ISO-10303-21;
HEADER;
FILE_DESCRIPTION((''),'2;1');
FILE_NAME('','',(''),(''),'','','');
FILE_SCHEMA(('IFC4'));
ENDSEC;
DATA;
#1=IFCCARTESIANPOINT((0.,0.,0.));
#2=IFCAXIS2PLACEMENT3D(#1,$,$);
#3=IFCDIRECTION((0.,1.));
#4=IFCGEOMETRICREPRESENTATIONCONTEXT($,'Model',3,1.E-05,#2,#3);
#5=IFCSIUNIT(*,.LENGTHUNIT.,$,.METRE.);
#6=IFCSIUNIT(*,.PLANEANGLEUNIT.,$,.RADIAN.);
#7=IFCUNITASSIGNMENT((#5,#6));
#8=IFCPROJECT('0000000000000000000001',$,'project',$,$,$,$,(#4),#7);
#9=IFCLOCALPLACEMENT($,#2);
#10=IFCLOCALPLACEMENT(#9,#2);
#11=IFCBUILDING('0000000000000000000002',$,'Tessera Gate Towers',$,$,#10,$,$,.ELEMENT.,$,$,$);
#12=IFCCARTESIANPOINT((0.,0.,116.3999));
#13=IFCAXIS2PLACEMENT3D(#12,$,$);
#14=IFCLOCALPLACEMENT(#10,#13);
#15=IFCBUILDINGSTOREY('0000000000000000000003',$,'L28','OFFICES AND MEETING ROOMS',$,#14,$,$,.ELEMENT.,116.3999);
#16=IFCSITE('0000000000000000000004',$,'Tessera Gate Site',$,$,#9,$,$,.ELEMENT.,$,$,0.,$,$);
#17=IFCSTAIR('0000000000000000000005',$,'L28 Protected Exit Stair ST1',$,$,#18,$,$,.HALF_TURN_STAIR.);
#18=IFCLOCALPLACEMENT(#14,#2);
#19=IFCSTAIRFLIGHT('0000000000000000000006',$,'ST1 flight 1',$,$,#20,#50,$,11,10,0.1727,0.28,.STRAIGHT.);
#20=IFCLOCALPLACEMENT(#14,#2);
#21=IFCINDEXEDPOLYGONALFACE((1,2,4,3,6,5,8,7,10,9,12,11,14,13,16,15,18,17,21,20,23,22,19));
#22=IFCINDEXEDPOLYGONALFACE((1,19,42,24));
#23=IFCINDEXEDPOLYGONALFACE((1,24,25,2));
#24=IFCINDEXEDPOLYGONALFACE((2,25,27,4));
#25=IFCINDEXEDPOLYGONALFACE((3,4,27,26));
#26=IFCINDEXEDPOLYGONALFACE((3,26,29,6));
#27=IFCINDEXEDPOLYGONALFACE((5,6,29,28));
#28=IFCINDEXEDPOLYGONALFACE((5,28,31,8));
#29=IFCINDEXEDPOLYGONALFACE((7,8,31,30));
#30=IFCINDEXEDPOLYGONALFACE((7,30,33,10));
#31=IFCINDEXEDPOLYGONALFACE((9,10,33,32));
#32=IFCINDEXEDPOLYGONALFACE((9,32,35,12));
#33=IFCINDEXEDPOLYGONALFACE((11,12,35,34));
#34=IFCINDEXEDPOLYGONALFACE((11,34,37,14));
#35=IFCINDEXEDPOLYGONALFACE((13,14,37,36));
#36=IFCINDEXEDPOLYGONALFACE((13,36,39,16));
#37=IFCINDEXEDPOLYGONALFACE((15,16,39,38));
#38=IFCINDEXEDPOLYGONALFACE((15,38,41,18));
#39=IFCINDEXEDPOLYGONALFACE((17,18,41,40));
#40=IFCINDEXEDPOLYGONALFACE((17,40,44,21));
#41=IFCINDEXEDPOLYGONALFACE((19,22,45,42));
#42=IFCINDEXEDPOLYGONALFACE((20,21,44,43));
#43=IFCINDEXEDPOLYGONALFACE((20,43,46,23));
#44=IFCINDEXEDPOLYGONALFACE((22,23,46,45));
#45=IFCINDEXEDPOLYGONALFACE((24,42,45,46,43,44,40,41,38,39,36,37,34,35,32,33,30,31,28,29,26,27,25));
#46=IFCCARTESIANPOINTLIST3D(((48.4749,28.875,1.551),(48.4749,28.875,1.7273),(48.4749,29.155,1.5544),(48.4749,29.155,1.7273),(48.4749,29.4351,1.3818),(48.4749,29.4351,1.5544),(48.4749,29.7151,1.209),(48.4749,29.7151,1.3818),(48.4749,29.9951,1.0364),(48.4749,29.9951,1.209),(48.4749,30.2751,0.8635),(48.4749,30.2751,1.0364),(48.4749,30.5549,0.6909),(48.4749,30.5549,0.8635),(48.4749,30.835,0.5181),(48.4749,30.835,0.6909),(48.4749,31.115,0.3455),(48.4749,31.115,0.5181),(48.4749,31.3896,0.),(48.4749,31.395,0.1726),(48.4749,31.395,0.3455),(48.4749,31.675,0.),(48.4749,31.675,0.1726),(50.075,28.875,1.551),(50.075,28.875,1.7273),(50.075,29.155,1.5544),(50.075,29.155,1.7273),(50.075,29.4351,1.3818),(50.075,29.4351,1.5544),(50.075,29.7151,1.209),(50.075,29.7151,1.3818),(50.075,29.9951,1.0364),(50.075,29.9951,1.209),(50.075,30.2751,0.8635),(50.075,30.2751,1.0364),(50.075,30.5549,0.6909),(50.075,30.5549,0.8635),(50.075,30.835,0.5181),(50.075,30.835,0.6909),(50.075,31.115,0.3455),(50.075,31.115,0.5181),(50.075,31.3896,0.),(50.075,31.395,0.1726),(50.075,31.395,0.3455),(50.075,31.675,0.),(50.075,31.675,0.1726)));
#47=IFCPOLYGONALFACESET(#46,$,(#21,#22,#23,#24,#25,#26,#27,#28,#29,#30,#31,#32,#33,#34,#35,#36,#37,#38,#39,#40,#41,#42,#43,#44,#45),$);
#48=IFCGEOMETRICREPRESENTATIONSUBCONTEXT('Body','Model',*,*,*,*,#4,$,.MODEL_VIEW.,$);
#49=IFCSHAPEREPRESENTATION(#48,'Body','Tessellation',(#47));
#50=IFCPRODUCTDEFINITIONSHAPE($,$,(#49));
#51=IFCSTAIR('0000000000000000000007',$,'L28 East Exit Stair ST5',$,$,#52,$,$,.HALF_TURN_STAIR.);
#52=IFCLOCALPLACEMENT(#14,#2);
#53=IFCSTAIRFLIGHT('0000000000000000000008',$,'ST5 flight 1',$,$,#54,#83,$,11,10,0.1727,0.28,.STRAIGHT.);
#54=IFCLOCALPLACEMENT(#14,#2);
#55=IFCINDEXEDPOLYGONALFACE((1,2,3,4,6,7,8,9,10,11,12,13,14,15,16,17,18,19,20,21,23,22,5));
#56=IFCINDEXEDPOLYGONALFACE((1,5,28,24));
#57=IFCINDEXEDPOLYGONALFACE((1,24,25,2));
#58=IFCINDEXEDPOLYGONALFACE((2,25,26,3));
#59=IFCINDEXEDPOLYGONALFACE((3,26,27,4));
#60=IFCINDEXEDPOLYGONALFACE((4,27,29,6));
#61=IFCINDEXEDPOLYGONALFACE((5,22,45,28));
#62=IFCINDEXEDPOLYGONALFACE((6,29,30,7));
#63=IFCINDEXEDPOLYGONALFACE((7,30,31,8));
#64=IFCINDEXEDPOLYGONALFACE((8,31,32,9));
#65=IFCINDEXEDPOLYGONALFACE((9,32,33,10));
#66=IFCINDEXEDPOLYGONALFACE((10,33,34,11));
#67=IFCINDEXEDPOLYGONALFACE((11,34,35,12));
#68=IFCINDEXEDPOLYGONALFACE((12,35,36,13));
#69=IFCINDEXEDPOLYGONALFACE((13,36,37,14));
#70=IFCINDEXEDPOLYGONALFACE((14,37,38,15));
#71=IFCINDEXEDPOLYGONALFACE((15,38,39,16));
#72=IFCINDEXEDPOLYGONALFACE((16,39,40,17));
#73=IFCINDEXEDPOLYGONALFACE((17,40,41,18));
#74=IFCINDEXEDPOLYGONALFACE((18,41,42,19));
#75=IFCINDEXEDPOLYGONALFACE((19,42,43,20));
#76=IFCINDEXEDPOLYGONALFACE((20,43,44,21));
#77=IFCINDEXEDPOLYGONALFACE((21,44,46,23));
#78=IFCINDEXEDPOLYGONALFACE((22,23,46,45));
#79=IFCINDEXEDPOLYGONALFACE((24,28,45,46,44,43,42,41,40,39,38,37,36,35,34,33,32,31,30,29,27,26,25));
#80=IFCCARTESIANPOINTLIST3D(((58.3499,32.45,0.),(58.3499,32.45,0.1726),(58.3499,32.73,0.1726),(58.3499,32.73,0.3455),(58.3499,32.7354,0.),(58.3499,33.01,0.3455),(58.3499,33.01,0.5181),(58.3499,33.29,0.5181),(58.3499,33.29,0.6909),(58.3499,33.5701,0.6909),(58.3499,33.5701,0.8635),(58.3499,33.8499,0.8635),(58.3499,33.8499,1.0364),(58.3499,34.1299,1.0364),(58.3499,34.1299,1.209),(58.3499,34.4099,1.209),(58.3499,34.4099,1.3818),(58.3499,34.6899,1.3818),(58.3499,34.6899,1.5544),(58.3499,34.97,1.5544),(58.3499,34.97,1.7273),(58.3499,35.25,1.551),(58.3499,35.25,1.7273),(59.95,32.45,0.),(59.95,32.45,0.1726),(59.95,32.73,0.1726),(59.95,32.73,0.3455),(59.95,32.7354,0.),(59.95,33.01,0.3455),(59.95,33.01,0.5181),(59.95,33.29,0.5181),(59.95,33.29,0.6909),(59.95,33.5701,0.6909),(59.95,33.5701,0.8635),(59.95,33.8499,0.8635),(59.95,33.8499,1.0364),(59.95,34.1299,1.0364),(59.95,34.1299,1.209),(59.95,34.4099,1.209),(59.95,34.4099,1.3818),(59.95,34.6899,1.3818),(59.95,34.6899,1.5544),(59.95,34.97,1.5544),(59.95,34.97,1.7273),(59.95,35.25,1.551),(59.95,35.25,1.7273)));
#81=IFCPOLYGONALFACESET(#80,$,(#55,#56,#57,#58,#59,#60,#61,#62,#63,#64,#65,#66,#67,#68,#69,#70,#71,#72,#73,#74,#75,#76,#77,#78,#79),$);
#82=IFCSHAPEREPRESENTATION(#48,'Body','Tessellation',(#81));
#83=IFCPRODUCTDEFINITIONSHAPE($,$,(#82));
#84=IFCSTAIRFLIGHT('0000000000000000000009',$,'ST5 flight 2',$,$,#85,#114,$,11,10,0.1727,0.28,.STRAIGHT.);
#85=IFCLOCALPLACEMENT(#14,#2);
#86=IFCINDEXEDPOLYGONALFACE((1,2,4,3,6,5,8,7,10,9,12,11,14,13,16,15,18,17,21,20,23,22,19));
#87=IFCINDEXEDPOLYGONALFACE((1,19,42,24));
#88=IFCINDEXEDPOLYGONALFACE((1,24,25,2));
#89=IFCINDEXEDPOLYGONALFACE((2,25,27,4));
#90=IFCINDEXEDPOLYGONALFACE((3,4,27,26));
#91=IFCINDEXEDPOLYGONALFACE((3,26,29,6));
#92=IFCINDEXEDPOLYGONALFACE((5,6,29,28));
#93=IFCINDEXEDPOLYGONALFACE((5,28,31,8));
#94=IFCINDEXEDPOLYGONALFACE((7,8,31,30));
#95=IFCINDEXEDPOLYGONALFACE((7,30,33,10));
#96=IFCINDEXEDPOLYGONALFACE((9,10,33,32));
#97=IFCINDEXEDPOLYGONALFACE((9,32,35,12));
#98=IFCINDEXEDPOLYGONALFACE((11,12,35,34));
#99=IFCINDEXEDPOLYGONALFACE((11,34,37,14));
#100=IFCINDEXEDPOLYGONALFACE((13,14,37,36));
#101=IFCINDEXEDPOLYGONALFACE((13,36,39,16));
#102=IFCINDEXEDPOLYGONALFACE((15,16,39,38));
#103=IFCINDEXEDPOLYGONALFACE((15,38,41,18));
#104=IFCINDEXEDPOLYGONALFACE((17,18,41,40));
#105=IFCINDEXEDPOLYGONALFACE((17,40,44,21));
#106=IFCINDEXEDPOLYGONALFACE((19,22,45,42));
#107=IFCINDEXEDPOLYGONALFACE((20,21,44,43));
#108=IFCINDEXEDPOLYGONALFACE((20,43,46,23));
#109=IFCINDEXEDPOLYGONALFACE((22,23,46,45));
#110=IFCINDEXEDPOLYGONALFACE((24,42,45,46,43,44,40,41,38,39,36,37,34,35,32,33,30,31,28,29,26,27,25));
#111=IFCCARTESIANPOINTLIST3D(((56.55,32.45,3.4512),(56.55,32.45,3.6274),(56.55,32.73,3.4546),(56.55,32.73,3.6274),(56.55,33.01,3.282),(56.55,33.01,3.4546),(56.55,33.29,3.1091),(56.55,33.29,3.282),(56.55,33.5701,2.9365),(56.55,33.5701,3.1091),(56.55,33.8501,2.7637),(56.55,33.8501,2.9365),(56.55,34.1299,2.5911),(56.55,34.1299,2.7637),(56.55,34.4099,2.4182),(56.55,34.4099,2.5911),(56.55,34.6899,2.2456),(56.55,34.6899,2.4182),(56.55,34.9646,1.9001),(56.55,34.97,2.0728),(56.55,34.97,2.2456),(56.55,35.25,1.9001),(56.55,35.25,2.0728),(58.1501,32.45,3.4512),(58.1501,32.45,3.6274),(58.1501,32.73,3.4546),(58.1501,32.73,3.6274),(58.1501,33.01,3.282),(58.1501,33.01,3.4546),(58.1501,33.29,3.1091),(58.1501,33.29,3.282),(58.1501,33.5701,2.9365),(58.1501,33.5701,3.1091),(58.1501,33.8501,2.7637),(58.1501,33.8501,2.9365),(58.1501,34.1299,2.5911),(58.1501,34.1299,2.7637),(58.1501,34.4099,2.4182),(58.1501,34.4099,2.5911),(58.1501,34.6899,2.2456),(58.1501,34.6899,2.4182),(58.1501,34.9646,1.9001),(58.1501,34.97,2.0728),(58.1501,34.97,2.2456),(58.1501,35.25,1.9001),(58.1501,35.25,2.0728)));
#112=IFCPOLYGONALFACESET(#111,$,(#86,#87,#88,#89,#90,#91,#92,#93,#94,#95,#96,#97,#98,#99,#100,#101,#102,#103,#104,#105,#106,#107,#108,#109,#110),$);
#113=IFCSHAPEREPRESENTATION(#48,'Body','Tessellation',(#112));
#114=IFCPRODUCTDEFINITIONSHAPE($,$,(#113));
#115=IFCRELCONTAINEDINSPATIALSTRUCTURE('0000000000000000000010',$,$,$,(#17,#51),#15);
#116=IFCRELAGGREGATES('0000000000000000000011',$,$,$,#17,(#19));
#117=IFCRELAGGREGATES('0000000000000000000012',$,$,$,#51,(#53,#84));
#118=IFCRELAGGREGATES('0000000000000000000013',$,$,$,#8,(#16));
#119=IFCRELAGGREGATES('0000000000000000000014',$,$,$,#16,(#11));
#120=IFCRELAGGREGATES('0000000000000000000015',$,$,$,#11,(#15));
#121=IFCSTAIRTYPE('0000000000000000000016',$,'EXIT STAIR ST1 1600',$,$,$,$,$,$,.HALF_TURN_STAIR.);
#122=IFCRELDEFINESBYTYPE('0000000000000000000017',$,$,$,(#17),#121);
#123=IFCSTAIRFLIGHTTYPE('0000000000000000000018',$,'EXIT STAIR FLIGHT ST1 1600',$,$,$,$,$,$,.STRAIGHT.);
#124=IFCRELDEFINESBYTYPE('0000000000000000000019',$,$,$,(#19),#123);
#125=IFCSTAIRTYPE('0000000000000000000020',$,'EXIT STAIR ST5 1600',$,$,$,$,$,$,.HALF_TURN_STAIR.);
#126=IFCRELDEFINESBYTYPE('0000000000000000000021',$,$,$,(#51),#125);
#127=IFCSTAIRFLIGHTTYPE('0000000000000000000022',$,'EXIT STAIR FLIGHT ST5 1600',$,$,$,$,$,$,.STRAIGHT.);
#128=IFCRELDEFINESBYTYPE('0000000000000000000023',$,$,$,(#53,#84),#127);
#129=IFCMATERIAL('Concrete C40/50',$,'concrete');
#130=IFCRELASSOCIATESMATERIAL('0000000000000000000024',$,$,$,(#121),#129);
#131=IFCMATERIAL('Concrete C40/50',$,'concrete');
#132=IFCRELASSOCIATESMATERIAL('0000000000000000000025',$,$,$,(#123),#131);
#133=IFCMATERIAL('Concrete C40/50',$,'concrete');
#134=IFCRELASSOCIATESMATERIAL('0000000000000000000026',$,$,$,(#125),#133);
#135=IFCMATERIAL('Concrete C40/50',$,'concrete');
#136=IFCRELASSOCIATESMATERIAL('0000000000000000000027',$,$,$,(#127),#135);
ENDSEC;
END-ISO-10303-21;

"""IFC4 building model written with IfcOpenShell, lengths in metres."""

from ifc_helpers import new_model, si_unit, direction, frame, origin, place, context, subcontext, project, spatial, polyline, outline, extrude, material, type_object, element, aggregate, save


model = new_model("IFC4")

# Units and contexts
model_context = context("Model", 3, precision=1e-05, world=origin(), true_north=direction((0.0, 1.0)))
body_context = subcontext(model_context, "Body", "Model", "MODEL_VIEW")
ifc_project = project(units=[si_unit("LENGTHUNIT", "METRE"), si_unit("PLANEANGLEUNIT", "RADIAN")], contexts=[model_context])

# Site, building, storey
site_placement = place(None, origin())
site = spatial("IfcSite", under=ifc_project, at=site_placement, Name="Tessera Gate Site", CompositionType="ELEMENT", RefElevation=0.0)
building_placement = place(site_placement, origin())
building = spatial("IfcBuilding", under=site, at=building_placement, Name="Tessera Gate Towers", CompositionType="ELEMENT")
storey_placement = place(building_placement, frame((0.0, 0.0, 116.3999)))
storey = spatial("IfcBuildingStorey", under=building, at=storey_placement, Name="L28", Description="OFFICES AND MEETING ROOMS", CompositionType="ELEMENT", Elevation=116.3999)

# Stair, stair flight
ifc_material_1 = material(Name="Concrete C40/50", Category="concrete")
stair_type_1 = type_object("IfcStairType", Name="EXIT STAIR ST1 1600", PredefinedType="HALF_TURN_STAIR", material=ifc_material_1)
stair_1_placement = place(storey_placement, origin())
stair_1 = element("IfcStair", 1, at=stair_1_placement, inside=storey, type_object=stair_type_1, Name="L28 Protected Exit Stair ST1", PredefinedType="HALF_TURN_STAIR")
ifc_material_2 = material(Name="Concrete C40/50", Category="concrete")
stair_flight_type_1 = type_object("IfcStairFlightType", Name="EXIT STAIR FLIGHT ST1 1600", PredefinedType="STRAIGHT", material=ifc_material_2)
stair_flight_1_placement = place(storey_placement, frame((49.2749, 31.675, 0.0), z_axis=(0.0, 0.0, 1.0), x_axis=(0.0, -1.0, 0.0)))
stair_flight_1 = element("IfcStairFlight", 2, at=stair_flight_1_placement, type_object=stair_flight_type_1, Name="ST1 flight 1", NumberOfRisers=11, NumberOfTreads=10, PredefinedType="STRAIGHT", RiserHeight=0.1727, TreadLength=0.28, context=body_context, shape_type="SweptSolid", body=[
    extrude(outline(polyline([(0.0, 0.0), (0.0, 0.1726), (0.28, 0.1726), (0.28, 0.3455), (0.5601, 0.3455), (0.5601, 0.5181), (0.8401, 0.5181), (0.8401, 0.6909), (1.1201, 0.6909), (1.1201, 0.8635), (1.3999, 0.8635), (1.3999, 1.0364), (1.6799, 1.0364), (1.6799, 1.209), (1.96, 1.209), (1.96, 1.3818), (2.24, 1.3818), (2.24, 1.5544), (2.52, 1.5544), (2.52, 1.7273), (2.8, 1.7273), (2.8, 1.8999), (2.8, 1.551), (0.2854, 0.0), (0.0, 0.0)])), frame((0.0, 0.8, 0.0), z_axis=(0.0, -1.0, 0.0), x_axis=(1.0, 0.0, 0.0)), (0.0, 0.0, 1.0), 1.6001),
])
aggregate(stair_1, [stair_flight_1])

# Stair, stair flights
ifc_material_3 = material(Name="Concrete C40/50", Category="concrete")
stair_type_2 = type_object("IfcStairType", Name="EXIT STAIR ST5 1600", PredefinedType="HALF_TURN_STAIR", material=ifc_material_3)
stair_2_placement = place(storey_placement, origin())
stair_2 = element("IfcStair", 3, at=stair_2_placement, inside=storey, type_object=stair_type_2, Name="L28 East Exit Stair ST5", PredefinedType="HALF_TURN_STAIR")
ifc_material_4 = material(Name="Concrete C40/50", Category="concrete")
stair_flight_type_2 = type_object("IfcStairFlightType", Name="EXIT STAIR FLIGHT ST5 1600", PredefinedType="STRAIGHT", material=ifc_material_4)
stair_flight_2_placement = place(storey_placement, frame((59.1499, 32.45, 0.0), z_axis=(0.0, 0.0, 1.0), x_axis=(0.0, 1.0, 0.0)))
stair_flight_2 = element("IfcStairFlight", 4, at=stair_flight_2_placement, type_object=stair_flight_type_2, Name="ST5 flight 1", NumberOfRisers=11, NumberOfTreads=10, PredefinedType="STRAIGHT", RiserHeight=0.1727, TreadLength=0.28, context=body_context, shape_type="SweptSolid", body=[
    extrude(outline(polyline([(0.0, 0.0), (0.0, 0.1726), (0.28, 0.1726), (0.28, 0.3455), (0.5601, 0.3455), (0.5601, 0.5181), (0.8401, 0.5181), (0.8401, 0.6909), (1.1201, 0.6909), (1.1201, 0.8635), (1.3999, 0.8635), (1.3999, 1.0364), (1.6799, 1.0364), (1.6799, 1.209), (1.96, 1.209), (1.96, 1.3818), (2.24, 1.3818), (2.24, 1.5544), (2.52, 1.5544), (2.52, 1.7273), (2.8, 1.7273), (2.8, 1.8999), (2.8, 1.551), (0.2854, 0.0), (0.0, 0.0)])), frame((0.0, 0.8, 0.0), z_axis=(0.0, -1.0, 0.0), x_axis=(1.0, 0.0, 0.0)), (0.0, 0.0, 1.0), 1.6001),
])
stair_flight_3_placement = place(storey_placement, frame((57.3501, 35.25, 1.9001), z_axis=(0.0, 0.0, 1.0), x_axis=(0.0, -1.0, 0.0)))
stair_flight_3 = element("IfcStairFlight", 5, at=stair_flight_3_placement, type_object=stair_flight_type_2, Name="ST5 flight 2", NumberOfRisers=11, NumberOfTreads=10, PredefinedType="STRAIGHT", RiserHeight=0.1727, TreadLength=0.28, context=body_context, shape_type="SweptSolid", body=[
    extrude(outline(polyline([(0.0, 0.0), (0.0, 0.1726), (0.28, 0.1726), (0.28, 0.3455), (0.5601, 0.3455), (0.5601, 0.5181), (0.8401, 0.5181), (0.8401, 0.6909), (1.1201, 0.6909), (1.1201, 0.8635), (1.3999, 0.8635), (1.3999, 1.0364), (1.6799, 1.0364), (1.6799, 1.209), (1.96, 1.209), (1.96, 1.3818), (2.24, 1.3818), (2.24, 1.5544), (2.52, 1.5544), (2.52, 1.7273), (2.8, 1.7273), (2.8, 1.8999), (2.8, 1.551), (0.2854, 0.0), (0.0, 0.0)])), frame((0.0, 0.8, 0.0), z_axis=(0.0, -1.0, 0.0), x_axis=(1.0, 0.0, 0.0)), (0.0, 0.0, 1.0), 1.6001),
])
aggregate(stair_2, [stair_flight_2, stair_flight_3])

save(model, "model.ifc")
